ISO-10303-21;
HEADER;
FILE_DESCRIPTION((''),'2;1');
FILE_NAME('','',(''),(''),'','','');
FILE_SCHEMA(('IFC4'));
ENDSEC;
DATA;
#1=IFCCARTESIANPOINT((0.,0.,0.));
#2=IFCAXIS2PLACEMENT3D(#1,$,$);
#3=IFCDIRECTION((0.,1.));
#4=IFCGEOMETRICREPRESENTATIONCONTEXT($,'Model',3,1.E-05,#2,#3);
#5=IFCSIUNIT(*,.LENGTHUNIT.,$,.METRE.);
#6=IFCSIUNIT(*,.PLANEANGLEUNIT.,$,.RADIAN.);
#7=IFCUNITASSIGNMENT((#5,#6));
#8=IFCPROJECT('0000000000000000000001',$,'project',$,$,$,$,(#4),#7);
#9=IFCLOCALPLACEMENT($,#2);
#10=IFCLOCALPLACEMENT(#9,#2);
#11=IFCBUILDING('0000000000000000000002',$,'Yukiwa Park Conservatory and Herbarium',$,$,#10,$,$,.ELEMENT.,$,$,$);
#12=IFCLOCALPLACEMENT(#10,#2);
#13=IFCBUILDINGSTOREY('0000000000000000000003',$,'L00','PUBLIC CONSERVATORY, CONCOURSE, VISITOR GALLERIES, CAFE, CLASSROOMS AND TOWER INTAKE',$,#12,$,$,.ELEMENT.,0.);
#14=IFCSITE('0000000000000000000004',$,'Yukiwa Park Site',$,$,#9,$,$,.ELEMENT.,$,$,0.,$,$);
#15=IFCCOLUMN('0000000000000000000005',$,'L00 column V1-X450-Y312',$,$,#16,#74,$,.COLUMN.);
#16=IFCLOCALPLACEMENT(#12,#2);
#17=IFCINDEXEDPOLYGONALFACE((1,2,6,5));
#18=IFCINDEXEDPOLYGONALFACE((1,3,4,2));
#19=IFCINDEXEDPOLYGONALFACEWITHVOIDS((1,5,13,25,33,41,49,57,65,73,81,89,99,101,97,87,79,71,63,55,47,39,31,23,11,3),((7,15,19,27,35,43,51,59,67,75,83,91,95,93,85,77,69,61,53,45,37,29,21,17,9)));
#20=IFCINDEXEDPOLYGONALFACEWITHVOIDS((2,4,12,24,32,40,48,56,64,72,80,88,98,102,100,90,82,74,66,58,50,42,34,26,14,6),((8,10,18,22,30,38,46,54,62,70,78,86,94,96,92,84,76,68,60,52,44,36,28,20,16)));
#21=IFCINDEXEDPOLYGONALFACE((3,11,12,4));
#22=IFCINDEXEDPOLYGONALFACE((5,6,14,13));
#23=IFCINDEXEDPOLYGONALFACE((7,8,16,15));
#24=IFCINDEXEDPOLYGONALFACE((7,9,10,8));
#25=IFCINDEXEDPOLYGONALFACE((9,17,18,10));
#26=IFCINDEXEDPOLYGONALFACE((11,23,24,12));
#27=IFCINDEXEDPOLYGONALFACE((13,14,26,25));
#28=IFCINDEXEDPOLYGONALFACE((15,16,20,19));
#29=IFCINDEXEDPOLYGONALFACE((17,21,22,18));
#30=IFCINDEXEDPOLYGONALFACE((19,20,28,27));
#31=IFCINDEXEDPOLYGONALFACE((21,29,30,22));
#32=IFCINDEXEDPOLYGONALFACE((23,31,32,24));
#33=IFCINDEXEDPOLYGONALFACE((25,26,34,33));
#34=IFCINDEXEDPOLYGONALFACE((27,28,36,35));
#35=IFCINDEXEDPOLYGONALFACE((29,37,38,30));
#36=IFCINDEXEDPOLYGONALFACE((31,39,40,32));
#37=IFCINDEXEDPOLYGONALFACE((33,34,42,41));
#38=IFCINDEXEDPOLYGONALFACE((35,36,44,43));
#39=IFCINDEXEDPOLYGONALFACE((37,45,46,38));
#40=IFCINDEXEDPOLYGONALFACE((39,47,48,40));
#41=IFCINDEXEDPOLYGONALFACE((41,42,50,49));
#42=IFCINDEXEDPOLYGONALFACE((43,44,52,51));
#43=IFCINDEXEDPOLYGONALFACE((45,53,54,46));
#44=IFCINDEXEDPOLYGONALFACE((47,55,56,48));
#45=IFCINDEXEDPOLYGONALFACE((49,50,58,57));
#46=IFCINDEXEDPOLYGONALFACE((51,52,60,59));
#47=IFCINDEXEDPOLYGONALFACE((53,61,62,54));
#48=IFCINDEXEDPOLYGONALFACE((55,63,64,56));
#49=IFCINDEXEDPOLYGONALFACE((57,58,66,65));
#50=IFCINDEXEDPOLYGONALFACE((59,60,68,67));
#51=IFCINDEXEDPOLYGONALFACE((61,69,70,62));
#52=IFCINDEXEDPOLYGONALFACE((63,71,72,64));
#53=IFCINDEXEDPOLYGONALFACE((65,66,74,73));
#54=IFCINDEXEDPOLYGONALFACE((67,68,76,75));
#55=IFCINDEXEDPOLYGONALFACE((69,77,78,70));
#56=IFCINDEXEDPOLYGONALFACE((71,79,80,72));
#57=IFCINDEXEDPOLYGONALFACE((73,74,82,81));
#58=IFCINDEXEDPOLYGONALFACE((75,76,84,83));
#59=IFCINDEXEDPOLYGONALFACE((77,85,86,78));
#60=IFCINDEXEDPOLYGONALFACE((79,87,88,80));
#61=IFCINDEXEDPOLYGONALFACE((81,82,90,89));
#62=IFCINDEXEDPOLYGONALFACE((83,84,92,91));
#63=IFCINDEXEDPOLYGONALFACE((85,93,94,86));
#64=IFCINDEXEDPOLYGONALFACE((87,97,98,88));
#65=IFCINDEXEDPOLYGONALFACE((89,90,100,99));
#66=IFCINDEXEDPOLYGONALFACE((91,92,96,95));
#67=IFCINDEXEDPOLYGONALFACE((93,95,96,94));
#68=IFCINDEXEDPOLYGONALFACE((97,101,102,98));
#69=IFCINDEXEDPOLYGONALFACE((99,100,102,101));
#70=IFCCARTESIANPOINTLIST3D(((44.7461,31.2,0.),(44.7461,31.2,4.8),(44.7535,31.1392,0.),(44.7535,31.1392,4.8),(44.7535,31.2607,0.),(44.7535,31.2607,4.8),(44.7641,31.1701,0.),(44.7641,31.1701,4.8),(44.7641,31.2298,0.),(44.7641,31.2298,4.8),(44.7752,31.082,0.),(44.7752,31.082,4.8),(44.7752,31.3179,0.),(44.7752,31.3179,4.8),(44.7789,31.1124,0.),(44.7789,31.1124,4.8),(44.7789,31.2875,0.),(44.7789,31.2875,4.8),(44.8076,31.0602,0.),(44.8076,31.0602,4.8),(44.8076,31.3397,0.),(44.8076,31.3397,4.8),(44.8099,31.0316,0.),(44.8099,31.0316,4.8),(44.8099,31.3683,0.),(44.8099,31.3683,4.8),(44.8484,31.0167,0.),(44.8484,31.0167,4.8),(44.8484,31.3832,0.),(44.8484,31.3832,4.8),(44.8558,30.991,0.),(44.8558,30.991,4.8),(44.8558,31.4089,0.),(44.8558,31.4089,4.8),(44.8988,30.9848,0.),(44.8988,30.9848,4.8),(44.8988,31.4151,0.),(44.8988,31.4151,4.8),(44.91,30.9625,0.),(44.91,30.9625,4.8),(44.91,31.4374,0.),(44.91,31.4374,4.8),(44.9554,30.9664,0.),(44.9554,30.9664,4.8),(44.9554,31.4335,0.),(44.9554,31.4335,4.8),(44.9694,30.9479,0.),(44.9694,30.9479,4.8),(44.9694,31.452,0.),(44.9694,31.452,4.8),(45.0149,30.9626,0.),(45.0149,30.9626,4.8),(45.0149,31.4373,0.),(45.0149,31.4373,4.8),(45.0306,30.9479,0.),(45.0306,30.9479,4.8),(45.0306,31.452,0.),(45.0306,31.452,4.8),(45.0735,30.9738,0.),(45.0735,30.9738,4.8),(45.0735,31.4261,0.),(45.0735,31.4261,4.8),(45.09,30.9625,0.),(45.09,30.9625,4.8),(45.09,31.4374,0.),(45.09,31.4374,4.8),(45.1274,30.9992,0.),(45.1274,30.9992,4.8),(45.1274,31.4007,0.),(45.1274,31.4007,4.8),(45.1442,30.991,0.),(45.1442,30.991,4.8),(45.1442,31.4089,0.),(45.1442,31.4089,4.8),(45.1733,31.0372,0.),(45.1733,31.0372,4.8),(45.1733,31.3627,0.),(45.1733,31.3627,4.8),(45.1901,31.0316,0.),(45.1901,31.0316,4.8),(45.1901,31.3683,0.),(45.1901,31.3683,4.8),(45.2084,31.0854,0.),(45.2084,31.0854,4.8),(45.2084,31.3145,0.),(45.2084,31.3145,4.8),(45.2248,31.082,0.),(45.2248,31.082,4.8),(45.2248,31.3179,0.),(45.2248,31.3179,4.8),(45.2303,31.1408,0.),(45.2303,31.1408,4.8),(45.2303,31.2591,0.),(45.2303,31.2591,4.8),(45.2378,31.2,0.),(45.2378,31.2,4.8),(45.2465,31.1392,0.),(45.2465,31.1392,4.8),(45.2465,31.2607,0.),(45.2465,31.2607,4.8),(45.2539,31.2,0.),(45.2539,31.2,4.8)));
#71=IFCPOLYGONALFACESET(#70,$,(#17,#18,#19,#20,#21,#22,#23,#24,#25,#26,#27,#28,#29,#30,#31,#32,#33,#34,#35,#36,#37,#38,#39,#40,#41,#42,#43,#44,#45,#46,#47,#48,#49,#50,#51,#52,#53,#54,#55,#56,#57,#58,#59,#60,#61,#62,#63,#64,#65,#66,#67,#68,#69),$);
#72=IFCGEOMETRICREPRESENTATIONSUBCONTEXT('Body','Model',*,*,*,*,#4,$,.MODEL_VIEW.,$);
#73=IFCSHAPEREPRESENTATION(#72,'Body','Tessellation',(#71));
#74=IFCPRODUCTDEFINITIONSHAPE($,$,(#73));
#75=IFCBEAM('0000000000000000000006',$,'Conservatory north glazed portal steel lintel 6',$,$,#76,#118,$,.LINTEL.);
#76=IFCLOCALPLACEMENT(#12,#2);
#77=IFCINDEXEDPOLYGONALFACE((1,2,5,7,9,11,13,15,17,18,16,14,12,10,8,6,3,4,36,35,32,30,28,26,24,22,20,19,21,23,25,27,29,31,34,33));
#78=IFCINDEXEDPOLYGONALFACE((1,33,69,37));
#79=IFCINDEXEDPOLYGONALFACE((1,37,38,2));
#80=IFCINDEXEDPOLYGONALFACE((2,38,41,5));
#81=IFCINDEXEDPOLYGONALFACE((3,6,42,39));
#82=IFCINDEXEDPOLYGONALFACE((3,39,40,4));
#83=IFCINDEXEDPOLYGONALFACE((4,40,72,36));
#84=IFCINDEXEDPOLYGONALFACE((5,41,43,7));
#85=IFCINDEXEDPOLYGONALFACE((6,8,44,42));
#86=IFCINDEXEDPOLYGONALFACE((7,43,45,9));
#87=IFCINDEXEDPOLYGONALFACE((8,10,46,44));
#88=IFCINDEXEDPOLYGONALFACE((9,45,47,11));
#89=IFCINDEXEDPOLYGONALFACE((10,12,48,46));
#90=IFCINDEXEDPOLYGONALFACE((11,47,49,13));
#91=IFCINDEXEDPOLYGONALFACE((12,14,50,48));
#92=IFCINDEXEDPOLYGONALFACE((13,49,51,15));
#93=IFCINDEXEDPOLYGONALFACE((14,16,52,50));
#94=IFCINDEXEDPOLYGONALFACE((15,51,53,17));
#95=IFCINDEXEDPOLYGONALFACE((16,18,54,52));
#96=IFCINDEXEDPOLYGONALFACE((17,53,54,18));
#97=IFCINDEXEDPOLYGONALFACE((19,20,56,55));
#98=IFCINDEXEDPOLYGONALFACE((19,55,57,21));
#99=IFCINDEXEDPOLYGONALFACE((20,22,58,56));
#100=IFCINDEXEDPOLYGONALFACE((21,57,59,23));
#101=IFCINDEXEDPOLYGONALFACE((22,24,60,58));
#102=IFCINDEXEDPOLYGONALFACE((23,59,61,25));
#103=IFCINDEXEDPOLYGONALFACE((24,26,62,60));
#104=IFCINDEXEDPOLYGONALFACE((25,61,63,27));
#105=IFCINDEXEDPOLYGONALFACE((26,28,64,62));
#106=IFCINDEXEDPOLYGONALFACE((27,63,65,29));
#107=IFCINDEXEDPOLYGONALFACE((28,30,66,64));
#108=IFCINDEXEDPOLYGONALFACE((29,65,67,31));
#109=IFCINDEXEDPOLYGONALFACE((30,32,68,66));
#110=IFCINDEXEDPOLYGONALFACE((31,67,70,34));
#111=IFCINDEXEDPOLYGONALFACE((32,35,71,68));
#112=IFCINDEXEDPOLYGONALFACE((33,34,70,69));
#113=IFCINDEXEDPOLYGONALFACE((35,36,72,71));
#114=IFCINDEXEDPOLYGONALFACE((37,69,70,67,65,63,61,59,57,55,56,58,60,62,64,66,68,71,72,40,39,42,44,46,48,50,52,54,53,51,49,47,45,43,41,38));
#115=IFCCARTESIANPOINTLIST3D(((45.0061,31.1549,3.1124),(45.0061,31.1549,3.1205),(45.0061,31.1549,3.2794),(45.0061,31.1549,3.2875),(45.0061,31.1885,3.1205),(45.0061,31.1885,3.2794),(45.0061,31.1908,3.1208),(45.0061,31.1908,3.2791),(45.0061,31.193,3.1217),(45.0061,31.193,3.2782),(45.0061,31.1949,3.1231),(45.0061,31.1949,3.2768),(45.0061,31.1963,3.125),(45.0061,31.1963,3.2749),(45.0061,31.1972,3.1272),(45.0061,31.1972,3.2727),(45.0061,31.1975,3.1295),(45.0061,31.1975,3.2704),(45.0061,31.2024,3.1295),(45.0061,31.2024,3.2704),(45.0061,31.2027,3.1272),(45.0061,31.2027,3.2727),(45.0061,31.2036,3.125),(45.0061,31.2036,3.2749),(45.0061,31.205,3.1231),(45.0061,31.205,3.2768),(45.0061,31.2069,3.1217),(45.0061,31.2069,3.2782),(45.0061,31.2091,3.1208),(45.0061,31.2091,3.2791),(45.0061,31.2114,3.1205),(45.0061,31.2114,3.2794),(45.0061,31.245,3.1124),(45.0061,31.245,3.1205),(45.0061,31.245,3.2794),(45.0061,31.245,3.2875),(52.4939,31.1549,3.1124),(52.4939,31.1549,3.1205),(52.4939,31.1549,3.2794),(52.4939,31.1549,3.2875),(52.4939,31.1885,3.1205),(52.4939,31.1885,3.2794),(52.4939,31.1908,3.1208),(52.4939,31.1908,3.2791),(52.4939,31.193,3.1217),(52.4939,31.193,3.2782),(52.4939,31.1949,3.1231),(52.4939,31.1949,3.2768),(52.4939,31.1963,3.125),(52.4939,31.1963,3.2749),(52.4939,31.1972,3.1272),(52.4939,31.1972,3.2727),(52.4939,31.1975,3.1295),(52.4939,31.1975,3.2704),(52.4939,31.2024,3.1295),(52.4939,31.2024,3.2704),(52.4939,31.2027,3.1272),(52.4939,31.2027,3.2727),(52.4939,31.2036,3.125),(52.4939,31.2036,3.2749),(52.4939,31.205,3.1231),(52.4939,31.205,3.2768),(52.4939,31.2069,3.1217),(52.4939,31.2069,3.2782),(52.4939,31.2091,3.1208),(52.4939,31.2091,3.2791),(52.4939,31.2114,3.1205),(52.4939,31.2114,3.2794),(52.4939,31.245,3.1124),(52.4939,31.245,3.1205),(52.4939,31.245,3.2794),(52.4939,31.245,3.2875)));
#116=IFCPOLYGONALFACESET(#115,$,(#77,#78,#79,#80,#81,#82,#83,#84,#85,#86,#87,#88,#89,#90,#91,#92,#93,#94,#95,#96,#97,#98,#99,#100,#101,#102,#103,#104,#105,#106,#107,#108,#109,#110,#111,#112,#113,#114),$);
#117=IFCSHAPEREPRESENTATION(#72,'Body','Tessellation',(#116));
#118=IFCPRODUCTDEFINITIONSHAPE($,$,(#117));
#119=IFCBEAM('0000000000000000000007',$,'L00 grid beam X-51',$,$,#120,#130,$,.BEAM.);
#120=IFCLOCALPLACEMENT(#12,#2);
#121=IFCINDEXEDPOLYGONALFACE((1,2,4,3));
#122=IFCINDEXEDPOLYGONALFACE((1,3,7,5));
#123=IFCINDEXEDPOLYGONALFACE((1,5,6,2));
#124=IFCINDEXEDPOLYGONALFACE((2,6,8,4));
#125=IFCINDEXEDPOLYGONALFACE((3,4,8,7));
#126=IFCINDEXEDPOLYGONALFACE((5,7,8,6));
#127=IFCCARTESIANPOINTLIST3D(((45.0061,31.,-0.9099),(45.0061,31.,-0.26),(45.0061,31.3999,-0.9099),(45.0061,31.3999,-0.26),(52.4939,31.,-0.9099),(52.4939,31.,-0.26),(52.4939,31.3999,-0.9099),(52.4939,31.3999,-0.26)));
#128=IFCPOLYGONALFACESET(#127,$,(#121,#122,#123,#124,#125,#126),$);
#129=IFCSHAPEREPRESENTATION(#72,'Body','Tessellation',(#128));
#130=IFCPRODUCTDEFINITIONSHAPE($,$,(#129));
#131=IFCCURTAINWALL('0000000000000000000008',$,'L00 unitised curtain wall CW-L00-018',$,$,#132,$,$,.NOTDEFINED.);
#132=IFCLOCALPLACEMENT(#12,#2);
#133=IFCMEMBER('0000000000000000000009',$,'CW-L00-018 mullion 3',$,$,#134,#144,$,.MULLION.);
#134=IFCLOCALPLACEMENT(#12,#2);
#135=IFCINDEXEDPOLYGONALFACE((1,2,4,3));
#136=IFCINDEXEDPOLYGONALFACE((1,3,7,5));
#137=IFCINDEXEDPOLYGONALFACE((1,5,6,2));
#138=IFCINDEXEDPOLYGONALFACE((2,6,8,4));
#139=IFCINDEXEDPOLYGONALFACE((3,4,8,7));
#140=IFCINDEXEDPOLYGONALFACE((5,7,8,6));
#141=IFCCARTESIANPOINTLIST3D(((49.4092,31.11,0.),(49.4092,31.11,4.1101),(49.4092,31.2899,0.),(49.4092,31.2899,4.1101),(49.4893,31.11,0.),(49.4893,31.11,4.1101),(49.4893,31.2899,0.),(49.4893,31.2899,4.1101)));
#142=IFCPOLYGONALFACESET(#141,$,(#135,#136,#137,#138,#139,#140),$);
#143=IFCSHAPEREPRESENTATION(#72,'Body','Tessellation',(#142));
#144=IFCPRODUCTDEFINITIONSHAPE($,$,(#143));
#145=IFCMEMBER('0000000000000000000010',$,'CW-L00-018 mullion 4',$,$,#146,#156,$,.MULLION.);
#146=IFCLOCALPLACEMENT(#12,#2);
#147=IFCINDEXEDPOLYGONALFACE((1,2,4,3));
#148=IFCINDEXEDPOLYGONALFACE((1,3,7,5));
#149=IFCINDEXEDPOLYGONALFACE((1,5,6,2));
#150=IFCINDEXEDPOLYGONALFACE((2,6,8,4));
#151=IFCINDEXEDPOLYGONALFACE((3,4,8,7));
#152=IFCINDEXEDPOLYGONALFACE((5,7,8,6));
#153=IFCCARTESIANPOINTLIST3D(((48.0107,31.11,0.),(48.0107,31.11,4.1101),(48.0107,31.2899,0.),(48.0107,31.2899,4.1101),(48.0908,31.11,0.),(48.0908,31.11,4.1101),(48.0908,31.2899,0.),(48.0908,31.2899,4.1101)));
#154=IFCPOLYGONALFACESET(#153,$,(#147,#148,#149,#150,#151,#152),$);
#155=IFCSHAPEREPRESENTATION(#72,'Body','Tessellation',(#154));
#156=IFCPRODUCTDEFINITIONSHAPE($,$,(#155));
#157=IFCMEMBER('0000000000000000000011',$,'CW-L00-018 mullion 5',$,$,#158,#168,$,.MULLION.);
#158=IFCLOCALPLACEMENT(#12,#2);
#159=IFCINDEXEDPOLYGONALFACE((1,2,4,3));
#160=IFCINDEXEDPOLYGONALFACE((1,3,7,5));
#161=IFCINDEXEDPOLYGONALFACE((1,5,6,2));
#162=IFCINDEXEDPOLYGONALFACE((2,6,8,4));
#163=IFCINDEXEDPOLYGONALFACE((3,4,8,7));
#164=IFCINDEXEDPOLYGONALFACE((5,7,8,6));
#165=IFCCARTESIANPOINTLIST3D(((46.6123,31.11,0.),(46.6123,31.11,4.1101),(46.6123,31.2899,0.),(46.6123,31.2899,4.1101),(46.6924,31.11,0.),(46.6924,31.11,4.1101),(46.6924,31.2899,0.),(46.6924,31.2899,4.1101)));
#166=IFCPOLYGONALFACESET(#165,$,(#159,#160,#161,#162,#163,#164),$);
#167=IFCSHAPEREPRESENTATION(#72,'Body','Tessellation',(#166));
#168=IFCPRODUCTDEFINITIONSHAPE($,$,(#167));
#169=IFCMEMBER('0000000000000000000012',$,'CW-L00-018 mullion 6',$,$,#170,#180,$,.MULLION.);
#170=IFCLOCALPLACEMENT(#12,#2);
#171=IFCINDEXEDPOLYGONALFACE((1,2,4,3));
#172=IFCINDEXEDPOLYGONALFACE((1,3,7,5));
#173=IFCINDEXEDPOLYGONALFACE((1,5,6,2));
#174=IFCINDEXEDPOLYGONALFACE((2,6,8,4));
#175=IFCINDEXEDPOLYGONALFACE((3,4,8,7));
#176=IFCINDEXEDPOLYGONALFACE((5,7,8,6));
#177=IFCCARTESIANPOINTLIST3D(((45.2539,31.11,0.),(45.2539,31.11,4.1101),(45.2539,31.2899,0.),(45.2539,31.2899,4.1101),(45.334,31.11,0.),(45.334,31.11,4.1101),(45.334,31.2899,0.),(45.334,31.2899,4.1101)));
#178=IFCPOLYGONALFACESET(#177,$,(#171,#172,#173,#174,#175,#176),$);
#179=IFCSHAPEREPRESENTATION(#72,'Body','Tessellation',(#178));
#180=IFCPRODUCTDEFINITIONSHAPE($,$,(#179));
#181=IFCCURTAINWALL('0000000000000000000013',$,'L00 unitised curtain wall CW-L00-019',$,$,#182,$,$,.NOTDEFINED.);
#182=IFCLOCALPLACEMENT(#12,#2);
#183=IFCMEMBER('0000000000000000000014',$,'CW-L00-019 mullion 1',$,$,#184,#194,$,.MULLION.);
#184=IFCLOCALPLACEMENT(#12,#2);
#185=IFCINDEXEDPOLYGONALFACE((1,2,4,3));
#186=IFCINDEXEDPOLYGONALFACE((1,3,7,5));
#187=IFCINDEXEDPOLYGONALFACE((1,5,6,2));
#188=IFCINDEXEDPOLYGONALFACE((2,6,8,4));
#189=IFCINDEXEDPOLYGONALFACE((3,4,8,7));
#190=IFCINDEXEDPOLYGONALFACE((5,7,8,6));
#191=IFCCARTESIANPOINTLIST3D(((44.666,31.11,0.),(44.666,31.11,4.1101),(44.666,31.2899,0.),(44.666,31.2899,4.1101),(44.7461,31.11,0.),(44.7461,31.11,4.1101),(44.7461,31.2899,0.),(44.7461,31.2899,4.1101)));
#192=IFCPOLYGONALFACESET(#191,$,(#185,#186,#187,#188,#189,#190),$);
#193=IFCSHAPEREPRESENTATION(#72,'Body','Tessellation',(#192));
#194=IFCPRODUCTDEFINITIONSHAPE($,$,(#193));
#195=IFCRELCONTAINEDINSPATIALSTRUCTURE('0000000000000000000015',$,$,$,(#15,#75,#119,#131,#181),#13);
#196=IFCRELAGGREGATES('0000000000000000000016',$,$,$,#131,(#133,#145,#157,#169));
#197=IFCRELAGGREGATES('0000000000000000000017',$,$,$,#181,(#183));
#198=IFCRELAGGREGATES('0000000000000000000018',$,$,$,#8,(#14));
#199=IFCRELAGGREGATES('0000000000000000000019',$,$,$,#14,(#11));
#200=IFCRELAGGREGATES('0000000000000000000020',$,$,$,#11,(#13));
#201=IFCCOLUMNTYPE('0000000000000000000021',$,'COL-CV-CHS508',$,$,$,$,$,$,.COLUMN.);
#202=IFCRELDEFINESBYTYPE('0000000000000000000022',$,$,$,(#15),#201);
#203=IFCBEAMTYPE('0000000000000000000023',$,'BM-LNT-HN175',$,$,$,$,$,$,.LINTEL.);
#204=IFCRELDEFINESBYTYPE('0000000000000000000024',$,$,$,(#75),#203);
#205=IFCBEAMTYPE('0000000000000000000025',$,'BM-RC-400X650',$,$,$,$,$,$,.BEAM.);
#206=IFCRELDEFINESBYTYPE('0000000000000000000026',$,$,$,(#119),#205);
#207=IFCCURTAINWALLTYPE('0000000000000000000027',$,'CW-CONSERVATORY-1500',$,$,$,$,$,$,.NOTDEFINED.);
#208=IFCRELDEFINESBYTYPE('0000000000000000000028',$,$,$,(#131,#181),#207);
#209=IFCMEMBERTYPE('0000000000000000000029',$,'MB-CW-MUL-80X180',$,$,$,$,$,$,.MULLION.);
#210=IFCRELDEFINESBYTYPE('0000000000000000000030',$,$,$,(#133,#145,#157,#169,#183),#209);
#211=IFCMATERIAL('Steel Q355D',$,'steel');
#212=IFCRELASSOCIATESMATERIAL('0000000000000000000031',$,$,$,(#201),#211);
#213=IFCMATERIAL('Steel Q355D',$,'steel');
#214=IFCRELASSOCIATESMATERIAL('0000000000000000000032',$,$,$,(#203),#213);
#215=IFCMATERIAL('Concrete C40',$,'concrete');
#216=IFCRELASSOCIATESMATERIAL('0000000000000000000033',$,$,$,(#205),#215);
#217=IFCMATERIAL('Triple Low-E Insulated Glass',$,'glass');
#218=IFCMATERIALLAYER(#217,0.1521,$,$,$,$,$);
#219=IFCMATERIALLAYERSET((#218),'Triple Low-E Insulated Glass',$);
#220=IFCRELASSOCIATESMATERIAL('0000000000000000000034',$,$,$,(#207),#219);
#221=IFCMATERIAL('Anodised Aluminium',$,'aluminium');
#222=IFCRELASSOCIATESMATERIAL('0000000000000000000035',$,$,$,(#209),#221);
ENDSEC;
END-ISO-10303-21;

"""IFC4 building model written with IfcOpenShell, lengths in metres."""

from ifc_helpers import new_model, si_unit, direction, frame, origin, origin_2d, place, context, subcontext, project, spatial, rectangle, hollow_circle, i_section, extrude, material, layer, layer_set, material_profile, profile_set, type_object, element, aggregate, save


model = new_model("IFC4")

# Units and contexts
model_context = context("Model", 3, precision=1e-05, world=origin(), true_north=direction((0.0, 1.0)))
body_context = subcontext(model_context, "Body", "Model", "MODEL_VIEW")
ifc_project = project(units=[si_unit("LENGTHUNIT", "METRE"), si_unit("PLANEANGLEUNIT", "RADIAN")], contexts=[model_context])

# Site, building, storey
site_placement = place(None, origin())
site = spatial("IfcSite", under=ifc_project, at=site_placement, Name="Yukiwa Park Site", CompositionType="ELEMENT", RefElevation=0.0)
building_placement = place(site_placement, origin())
building = spatial("IfcBuilding", under=site, at=building_placement, Name="Yukiwa Park Conservatory and Herbarium", CompositionType="ELEMENT")
storey_placement = place(building_placement, origin())
storey = spatial("IfcBuildingStorey", under=building, at=storey_placement, Name="L00", Description="PUBLIC CONSERVATORY, CONCOURSE, VISITOR GALLERIES, CAFE, CLASSROOMS AND TOWER INTAKE", CompositionType="ELEMENT", Elevation=0.0)

# Column
ifc_material_1 = material(Name="Steel Q355D", Category="steel")
ifc_material_profile_1 = material_profile(ifc_material_1, hollow_circle(Radius=0.2539, WallThickness=0.0161, at=origin_2d()), Name="CHS 508x16")
ifc_profile_set_1 = profile_set([ifc_material_profile_1], Name="Steel Q355D")
column_type = type_object("IfcColumnType", Name="COL-CV-CHS508", PredefinedType="COLUMN", material=ifc_profile_set_1)
column_placement = place(storey_placement, frame((45.0, 31.2, 0.0), z_axis=(0.0, 0.0, 1.0), x_axis=(1.0, 0.0, 0.0)))
element("IfcColumn", 1, at=column_placement, inside=storey, type_object=column_type, Name="L00 column V1-X450-Y312", PredefinedType="COLUMN", context=body_context, shape_type="SweptSolid", body=[
    extrude(hollow_circle(Radius=0.2539, WallThickness=0.0161, at=origin_2d()), origin(), (0.0, 0.0, 1.0), 4.8),
])

# Beams
ifc_material_2 = material(Name="Steel Q355D", Category="steel")
ifc_material_profile_2 = material_profile(ifc_material_2, i_section(OverallWidth=0.0901, OverallDepth=0.175, WebThickness=0.0049, FlangeThickness=0.0081, FilletRadius=0.009, at=origin_2d()), Name="HN 175x90x5x8")
ifc_profile_set_2 = profile_set([ifc_material_profile_2], Name="Steel Q355D")
beam_type_1 = type_object("IfcBeamType", Name="BM-LNT-HN175", PredefinedType="LINTEL", material=ifc_profile_set_2)
beam_1_placement = place(storey_placement, frame((45.0061, 31.2, 3.2), z_axis=(1.0, 0.0, 0.0), x_axis=(0.0, 1.0, 0.0)))
element("IfcBeam", 2, at=beam_1_placement, inside=storey, type_object=beam_type_1, Name="Conservatory north glazed portal steel lintel 6", PredefinedType="LINTEL", context=body_context, shape_type="SweptSolid", body=[
    extrude(i_section(OverallWidth=0.0901, OverallDepth=0.175, WebThickness=0.0049, FlangeThickness=0.0081, FilletRadius=0.009, at=origin_2d()), origin(), (0.0, 0.0, 1.0), 7.4878),
])
ifc_material_3 = material(Name="Concrete C40", Category="concrete")
ifc_material_profile_3 = material_profile(ifc_material_3, rectangle(XDim=0.3999, YDim=0.6499, at=origin_2d()), Name="RC 400x650")
ifc_profile_set_3 = profile_set([ifc_material_profile_3], Name="Concrete C40")
beam_type_2 = type_object("IfcBeamType", Name="BM-RC-400X650", PredefinedType="BEAM", material=ifc_profile_set_3)
beam_2_placement = place(storey_placement, frame((45.0061, 31.2, -0.585), z_axis=(1.0, 0.0, 0.0), x_axis=(0.0, 1.0, 0.0)))
element("IfcBeam", 3, at=beam_2_placement, inside=storey, type_object=beam_type_2, Name="L00 grid beam X-51", PredefinedType="BEAM", context=body_context, shape_type="SweptSolid", body=[
    extrude(rectangle(XDim=0.3999, YDim=0.6499, at=origin_2d()), origin(), (0.0, 0.0, 1.0), 7.4878),
])

# Curtain wall, members
ifc_material_4 = material(Name="Triple Low-E Insulated Glass", Category="glass")
ifc_layer_1 = layer(ifc_material_4, 0.1521)
ifc_layer_set_1 = layer_set([ifc_layer_1], Name="Triple Low-E Insulated Glass")
curtain_wall_type = type_object("IfcCurtainWallType", Name="CW-CONSERVATORY-1500", PredefinedType="NOTDEFINED", material=ifc_layer_set_1)
curtain_wall_1_placement = place(storey_placement, origin())
curtain_wall_1 = element("IfcCurtainWall", 4, at=curtain_wall_1_placement, inside=storey, type_object=curtain_wall_type, Name="L00 unitised curtain wall CW-L00-018", PredefinedType="NOTDEFINED")
ifc_material_5 = material(Name="Anodised Aluminium", Category="aluminium")
member_type_1 = type_object("IfcMemberType", Name="MB-CW-MUL-80X180", PredefinedType="MULLION", material=ifc_material_5)
member_1_placement = place(storey_placement, frame((49.4492, 31.2, 0.0), z_axis=(0.0, 0.0, 1.0), x_axis=(-1.0, 0.0, 0.0)))
member_1 = element("IfcMember", 5, at=member_1_placement, type_object=member_type_1, Name="CW-L00-018 mullion 3", PredefinedType="MULLION", context=body_context, shape_type="SweptSolid", body=[
    extrude(rectangle(XDim=0.0801, YDim=0.1799, at=origin_2d()), origin(), (0.0, 0.0, 1.0), 4.1101),
])
member_2_placement = place(storey_placement, frame((48.0508, 31.2, 0.0), z_axis=(0.0, 0.0, 1.0), x_axis=(-1.0, 0.0, 0.0)))
member_2 = element("IfcMember", 6, at=member_2_placement, type_object=member_type_1, Name="CW-L00-018 mullion 4", PredefinedType="MULLION", context=body_context, shape_type="SweptSolid", body=[
    extrude(rectangle(XDim=0.0801, YDim=0.1799, at=origin_2d()), origin(), (0.0, 0.0, 1.0), 4.1101),
])
member_3_placement = place(storey_placement, frame((46.6523, 31.2, 0.0), z_axis=(0.0, 0.0, 1.0), x_axis=(-1.0, 0.0, 0.0)))
member_3 = element("IfcMember", 7, at=member_3_placement, type_object=member_type_1, Name="CW-L00-018 mullion 5", PredefinedType="MULLION", context=body_context, shape_type="SweptSolid", body=[
    extrude(rectangle(XDim=0.0801, YDim=0.1799, at=origin_2d()), origin(), (0.0, 0.0, 1.0), 4.1101),
])
member_4_placement = place(storey_placement, frame((45.2939, 31.2, 0.0), z_axis=(0.0, 0.0, 1.0), x_axis=(-1.0, 0.0, 0.0)))
member_4 = element("IfcMember", 8, at=member_4_placement, type_object=member_type_1, Name="CW-L00-018 mullion 6", PredefinedType="MULLION", context=body_context, shape_type="SweptSolid", body=[
    extrude(rectangle(XDim=0.0801, YDim=0.1799, at=origin_2d()), origin(), (0.0, 0.0, 1.0), 4.1101),
])

# Curtain wall, member
curtain_wall_2_placement = place(storey_placement, origin())
curtain_wall_2 = element("IfcCurtainWall", 9, at=curtain_wall_2_placement, inside=storey, type_object=curtain_wall_type, Name="L00 unitised curtain wall CW-L00-019", PredefinedType="NOTDEFINED")
member_5_placement = place(storey_placement, frame((44.7061, 31.2, 0.0), z_axis=(0.0, 0.0, 1.0), x_axis=(-1.0, 0.0, 0.0)))
member_5 = element("IfcMember", 10, at=member_5_placement, type_object=member_type_1, Name="CW-L00-019 mullion 1", PredefinedType="MULLION", context=body_context, shape_type="SweptSolid", body=[
    extrude(rectangle(XDim=0.0801, YDim=0.1799, at=origin_2d()), origin(), (0.0, 0.0, 1.0), 4.1101),
])

aggregate(curtain_wall_1, [member_1, member_2, member_3, member_4])
aggregate(curtain_wall_2, [member_5])

save(model, "model.ifc")
